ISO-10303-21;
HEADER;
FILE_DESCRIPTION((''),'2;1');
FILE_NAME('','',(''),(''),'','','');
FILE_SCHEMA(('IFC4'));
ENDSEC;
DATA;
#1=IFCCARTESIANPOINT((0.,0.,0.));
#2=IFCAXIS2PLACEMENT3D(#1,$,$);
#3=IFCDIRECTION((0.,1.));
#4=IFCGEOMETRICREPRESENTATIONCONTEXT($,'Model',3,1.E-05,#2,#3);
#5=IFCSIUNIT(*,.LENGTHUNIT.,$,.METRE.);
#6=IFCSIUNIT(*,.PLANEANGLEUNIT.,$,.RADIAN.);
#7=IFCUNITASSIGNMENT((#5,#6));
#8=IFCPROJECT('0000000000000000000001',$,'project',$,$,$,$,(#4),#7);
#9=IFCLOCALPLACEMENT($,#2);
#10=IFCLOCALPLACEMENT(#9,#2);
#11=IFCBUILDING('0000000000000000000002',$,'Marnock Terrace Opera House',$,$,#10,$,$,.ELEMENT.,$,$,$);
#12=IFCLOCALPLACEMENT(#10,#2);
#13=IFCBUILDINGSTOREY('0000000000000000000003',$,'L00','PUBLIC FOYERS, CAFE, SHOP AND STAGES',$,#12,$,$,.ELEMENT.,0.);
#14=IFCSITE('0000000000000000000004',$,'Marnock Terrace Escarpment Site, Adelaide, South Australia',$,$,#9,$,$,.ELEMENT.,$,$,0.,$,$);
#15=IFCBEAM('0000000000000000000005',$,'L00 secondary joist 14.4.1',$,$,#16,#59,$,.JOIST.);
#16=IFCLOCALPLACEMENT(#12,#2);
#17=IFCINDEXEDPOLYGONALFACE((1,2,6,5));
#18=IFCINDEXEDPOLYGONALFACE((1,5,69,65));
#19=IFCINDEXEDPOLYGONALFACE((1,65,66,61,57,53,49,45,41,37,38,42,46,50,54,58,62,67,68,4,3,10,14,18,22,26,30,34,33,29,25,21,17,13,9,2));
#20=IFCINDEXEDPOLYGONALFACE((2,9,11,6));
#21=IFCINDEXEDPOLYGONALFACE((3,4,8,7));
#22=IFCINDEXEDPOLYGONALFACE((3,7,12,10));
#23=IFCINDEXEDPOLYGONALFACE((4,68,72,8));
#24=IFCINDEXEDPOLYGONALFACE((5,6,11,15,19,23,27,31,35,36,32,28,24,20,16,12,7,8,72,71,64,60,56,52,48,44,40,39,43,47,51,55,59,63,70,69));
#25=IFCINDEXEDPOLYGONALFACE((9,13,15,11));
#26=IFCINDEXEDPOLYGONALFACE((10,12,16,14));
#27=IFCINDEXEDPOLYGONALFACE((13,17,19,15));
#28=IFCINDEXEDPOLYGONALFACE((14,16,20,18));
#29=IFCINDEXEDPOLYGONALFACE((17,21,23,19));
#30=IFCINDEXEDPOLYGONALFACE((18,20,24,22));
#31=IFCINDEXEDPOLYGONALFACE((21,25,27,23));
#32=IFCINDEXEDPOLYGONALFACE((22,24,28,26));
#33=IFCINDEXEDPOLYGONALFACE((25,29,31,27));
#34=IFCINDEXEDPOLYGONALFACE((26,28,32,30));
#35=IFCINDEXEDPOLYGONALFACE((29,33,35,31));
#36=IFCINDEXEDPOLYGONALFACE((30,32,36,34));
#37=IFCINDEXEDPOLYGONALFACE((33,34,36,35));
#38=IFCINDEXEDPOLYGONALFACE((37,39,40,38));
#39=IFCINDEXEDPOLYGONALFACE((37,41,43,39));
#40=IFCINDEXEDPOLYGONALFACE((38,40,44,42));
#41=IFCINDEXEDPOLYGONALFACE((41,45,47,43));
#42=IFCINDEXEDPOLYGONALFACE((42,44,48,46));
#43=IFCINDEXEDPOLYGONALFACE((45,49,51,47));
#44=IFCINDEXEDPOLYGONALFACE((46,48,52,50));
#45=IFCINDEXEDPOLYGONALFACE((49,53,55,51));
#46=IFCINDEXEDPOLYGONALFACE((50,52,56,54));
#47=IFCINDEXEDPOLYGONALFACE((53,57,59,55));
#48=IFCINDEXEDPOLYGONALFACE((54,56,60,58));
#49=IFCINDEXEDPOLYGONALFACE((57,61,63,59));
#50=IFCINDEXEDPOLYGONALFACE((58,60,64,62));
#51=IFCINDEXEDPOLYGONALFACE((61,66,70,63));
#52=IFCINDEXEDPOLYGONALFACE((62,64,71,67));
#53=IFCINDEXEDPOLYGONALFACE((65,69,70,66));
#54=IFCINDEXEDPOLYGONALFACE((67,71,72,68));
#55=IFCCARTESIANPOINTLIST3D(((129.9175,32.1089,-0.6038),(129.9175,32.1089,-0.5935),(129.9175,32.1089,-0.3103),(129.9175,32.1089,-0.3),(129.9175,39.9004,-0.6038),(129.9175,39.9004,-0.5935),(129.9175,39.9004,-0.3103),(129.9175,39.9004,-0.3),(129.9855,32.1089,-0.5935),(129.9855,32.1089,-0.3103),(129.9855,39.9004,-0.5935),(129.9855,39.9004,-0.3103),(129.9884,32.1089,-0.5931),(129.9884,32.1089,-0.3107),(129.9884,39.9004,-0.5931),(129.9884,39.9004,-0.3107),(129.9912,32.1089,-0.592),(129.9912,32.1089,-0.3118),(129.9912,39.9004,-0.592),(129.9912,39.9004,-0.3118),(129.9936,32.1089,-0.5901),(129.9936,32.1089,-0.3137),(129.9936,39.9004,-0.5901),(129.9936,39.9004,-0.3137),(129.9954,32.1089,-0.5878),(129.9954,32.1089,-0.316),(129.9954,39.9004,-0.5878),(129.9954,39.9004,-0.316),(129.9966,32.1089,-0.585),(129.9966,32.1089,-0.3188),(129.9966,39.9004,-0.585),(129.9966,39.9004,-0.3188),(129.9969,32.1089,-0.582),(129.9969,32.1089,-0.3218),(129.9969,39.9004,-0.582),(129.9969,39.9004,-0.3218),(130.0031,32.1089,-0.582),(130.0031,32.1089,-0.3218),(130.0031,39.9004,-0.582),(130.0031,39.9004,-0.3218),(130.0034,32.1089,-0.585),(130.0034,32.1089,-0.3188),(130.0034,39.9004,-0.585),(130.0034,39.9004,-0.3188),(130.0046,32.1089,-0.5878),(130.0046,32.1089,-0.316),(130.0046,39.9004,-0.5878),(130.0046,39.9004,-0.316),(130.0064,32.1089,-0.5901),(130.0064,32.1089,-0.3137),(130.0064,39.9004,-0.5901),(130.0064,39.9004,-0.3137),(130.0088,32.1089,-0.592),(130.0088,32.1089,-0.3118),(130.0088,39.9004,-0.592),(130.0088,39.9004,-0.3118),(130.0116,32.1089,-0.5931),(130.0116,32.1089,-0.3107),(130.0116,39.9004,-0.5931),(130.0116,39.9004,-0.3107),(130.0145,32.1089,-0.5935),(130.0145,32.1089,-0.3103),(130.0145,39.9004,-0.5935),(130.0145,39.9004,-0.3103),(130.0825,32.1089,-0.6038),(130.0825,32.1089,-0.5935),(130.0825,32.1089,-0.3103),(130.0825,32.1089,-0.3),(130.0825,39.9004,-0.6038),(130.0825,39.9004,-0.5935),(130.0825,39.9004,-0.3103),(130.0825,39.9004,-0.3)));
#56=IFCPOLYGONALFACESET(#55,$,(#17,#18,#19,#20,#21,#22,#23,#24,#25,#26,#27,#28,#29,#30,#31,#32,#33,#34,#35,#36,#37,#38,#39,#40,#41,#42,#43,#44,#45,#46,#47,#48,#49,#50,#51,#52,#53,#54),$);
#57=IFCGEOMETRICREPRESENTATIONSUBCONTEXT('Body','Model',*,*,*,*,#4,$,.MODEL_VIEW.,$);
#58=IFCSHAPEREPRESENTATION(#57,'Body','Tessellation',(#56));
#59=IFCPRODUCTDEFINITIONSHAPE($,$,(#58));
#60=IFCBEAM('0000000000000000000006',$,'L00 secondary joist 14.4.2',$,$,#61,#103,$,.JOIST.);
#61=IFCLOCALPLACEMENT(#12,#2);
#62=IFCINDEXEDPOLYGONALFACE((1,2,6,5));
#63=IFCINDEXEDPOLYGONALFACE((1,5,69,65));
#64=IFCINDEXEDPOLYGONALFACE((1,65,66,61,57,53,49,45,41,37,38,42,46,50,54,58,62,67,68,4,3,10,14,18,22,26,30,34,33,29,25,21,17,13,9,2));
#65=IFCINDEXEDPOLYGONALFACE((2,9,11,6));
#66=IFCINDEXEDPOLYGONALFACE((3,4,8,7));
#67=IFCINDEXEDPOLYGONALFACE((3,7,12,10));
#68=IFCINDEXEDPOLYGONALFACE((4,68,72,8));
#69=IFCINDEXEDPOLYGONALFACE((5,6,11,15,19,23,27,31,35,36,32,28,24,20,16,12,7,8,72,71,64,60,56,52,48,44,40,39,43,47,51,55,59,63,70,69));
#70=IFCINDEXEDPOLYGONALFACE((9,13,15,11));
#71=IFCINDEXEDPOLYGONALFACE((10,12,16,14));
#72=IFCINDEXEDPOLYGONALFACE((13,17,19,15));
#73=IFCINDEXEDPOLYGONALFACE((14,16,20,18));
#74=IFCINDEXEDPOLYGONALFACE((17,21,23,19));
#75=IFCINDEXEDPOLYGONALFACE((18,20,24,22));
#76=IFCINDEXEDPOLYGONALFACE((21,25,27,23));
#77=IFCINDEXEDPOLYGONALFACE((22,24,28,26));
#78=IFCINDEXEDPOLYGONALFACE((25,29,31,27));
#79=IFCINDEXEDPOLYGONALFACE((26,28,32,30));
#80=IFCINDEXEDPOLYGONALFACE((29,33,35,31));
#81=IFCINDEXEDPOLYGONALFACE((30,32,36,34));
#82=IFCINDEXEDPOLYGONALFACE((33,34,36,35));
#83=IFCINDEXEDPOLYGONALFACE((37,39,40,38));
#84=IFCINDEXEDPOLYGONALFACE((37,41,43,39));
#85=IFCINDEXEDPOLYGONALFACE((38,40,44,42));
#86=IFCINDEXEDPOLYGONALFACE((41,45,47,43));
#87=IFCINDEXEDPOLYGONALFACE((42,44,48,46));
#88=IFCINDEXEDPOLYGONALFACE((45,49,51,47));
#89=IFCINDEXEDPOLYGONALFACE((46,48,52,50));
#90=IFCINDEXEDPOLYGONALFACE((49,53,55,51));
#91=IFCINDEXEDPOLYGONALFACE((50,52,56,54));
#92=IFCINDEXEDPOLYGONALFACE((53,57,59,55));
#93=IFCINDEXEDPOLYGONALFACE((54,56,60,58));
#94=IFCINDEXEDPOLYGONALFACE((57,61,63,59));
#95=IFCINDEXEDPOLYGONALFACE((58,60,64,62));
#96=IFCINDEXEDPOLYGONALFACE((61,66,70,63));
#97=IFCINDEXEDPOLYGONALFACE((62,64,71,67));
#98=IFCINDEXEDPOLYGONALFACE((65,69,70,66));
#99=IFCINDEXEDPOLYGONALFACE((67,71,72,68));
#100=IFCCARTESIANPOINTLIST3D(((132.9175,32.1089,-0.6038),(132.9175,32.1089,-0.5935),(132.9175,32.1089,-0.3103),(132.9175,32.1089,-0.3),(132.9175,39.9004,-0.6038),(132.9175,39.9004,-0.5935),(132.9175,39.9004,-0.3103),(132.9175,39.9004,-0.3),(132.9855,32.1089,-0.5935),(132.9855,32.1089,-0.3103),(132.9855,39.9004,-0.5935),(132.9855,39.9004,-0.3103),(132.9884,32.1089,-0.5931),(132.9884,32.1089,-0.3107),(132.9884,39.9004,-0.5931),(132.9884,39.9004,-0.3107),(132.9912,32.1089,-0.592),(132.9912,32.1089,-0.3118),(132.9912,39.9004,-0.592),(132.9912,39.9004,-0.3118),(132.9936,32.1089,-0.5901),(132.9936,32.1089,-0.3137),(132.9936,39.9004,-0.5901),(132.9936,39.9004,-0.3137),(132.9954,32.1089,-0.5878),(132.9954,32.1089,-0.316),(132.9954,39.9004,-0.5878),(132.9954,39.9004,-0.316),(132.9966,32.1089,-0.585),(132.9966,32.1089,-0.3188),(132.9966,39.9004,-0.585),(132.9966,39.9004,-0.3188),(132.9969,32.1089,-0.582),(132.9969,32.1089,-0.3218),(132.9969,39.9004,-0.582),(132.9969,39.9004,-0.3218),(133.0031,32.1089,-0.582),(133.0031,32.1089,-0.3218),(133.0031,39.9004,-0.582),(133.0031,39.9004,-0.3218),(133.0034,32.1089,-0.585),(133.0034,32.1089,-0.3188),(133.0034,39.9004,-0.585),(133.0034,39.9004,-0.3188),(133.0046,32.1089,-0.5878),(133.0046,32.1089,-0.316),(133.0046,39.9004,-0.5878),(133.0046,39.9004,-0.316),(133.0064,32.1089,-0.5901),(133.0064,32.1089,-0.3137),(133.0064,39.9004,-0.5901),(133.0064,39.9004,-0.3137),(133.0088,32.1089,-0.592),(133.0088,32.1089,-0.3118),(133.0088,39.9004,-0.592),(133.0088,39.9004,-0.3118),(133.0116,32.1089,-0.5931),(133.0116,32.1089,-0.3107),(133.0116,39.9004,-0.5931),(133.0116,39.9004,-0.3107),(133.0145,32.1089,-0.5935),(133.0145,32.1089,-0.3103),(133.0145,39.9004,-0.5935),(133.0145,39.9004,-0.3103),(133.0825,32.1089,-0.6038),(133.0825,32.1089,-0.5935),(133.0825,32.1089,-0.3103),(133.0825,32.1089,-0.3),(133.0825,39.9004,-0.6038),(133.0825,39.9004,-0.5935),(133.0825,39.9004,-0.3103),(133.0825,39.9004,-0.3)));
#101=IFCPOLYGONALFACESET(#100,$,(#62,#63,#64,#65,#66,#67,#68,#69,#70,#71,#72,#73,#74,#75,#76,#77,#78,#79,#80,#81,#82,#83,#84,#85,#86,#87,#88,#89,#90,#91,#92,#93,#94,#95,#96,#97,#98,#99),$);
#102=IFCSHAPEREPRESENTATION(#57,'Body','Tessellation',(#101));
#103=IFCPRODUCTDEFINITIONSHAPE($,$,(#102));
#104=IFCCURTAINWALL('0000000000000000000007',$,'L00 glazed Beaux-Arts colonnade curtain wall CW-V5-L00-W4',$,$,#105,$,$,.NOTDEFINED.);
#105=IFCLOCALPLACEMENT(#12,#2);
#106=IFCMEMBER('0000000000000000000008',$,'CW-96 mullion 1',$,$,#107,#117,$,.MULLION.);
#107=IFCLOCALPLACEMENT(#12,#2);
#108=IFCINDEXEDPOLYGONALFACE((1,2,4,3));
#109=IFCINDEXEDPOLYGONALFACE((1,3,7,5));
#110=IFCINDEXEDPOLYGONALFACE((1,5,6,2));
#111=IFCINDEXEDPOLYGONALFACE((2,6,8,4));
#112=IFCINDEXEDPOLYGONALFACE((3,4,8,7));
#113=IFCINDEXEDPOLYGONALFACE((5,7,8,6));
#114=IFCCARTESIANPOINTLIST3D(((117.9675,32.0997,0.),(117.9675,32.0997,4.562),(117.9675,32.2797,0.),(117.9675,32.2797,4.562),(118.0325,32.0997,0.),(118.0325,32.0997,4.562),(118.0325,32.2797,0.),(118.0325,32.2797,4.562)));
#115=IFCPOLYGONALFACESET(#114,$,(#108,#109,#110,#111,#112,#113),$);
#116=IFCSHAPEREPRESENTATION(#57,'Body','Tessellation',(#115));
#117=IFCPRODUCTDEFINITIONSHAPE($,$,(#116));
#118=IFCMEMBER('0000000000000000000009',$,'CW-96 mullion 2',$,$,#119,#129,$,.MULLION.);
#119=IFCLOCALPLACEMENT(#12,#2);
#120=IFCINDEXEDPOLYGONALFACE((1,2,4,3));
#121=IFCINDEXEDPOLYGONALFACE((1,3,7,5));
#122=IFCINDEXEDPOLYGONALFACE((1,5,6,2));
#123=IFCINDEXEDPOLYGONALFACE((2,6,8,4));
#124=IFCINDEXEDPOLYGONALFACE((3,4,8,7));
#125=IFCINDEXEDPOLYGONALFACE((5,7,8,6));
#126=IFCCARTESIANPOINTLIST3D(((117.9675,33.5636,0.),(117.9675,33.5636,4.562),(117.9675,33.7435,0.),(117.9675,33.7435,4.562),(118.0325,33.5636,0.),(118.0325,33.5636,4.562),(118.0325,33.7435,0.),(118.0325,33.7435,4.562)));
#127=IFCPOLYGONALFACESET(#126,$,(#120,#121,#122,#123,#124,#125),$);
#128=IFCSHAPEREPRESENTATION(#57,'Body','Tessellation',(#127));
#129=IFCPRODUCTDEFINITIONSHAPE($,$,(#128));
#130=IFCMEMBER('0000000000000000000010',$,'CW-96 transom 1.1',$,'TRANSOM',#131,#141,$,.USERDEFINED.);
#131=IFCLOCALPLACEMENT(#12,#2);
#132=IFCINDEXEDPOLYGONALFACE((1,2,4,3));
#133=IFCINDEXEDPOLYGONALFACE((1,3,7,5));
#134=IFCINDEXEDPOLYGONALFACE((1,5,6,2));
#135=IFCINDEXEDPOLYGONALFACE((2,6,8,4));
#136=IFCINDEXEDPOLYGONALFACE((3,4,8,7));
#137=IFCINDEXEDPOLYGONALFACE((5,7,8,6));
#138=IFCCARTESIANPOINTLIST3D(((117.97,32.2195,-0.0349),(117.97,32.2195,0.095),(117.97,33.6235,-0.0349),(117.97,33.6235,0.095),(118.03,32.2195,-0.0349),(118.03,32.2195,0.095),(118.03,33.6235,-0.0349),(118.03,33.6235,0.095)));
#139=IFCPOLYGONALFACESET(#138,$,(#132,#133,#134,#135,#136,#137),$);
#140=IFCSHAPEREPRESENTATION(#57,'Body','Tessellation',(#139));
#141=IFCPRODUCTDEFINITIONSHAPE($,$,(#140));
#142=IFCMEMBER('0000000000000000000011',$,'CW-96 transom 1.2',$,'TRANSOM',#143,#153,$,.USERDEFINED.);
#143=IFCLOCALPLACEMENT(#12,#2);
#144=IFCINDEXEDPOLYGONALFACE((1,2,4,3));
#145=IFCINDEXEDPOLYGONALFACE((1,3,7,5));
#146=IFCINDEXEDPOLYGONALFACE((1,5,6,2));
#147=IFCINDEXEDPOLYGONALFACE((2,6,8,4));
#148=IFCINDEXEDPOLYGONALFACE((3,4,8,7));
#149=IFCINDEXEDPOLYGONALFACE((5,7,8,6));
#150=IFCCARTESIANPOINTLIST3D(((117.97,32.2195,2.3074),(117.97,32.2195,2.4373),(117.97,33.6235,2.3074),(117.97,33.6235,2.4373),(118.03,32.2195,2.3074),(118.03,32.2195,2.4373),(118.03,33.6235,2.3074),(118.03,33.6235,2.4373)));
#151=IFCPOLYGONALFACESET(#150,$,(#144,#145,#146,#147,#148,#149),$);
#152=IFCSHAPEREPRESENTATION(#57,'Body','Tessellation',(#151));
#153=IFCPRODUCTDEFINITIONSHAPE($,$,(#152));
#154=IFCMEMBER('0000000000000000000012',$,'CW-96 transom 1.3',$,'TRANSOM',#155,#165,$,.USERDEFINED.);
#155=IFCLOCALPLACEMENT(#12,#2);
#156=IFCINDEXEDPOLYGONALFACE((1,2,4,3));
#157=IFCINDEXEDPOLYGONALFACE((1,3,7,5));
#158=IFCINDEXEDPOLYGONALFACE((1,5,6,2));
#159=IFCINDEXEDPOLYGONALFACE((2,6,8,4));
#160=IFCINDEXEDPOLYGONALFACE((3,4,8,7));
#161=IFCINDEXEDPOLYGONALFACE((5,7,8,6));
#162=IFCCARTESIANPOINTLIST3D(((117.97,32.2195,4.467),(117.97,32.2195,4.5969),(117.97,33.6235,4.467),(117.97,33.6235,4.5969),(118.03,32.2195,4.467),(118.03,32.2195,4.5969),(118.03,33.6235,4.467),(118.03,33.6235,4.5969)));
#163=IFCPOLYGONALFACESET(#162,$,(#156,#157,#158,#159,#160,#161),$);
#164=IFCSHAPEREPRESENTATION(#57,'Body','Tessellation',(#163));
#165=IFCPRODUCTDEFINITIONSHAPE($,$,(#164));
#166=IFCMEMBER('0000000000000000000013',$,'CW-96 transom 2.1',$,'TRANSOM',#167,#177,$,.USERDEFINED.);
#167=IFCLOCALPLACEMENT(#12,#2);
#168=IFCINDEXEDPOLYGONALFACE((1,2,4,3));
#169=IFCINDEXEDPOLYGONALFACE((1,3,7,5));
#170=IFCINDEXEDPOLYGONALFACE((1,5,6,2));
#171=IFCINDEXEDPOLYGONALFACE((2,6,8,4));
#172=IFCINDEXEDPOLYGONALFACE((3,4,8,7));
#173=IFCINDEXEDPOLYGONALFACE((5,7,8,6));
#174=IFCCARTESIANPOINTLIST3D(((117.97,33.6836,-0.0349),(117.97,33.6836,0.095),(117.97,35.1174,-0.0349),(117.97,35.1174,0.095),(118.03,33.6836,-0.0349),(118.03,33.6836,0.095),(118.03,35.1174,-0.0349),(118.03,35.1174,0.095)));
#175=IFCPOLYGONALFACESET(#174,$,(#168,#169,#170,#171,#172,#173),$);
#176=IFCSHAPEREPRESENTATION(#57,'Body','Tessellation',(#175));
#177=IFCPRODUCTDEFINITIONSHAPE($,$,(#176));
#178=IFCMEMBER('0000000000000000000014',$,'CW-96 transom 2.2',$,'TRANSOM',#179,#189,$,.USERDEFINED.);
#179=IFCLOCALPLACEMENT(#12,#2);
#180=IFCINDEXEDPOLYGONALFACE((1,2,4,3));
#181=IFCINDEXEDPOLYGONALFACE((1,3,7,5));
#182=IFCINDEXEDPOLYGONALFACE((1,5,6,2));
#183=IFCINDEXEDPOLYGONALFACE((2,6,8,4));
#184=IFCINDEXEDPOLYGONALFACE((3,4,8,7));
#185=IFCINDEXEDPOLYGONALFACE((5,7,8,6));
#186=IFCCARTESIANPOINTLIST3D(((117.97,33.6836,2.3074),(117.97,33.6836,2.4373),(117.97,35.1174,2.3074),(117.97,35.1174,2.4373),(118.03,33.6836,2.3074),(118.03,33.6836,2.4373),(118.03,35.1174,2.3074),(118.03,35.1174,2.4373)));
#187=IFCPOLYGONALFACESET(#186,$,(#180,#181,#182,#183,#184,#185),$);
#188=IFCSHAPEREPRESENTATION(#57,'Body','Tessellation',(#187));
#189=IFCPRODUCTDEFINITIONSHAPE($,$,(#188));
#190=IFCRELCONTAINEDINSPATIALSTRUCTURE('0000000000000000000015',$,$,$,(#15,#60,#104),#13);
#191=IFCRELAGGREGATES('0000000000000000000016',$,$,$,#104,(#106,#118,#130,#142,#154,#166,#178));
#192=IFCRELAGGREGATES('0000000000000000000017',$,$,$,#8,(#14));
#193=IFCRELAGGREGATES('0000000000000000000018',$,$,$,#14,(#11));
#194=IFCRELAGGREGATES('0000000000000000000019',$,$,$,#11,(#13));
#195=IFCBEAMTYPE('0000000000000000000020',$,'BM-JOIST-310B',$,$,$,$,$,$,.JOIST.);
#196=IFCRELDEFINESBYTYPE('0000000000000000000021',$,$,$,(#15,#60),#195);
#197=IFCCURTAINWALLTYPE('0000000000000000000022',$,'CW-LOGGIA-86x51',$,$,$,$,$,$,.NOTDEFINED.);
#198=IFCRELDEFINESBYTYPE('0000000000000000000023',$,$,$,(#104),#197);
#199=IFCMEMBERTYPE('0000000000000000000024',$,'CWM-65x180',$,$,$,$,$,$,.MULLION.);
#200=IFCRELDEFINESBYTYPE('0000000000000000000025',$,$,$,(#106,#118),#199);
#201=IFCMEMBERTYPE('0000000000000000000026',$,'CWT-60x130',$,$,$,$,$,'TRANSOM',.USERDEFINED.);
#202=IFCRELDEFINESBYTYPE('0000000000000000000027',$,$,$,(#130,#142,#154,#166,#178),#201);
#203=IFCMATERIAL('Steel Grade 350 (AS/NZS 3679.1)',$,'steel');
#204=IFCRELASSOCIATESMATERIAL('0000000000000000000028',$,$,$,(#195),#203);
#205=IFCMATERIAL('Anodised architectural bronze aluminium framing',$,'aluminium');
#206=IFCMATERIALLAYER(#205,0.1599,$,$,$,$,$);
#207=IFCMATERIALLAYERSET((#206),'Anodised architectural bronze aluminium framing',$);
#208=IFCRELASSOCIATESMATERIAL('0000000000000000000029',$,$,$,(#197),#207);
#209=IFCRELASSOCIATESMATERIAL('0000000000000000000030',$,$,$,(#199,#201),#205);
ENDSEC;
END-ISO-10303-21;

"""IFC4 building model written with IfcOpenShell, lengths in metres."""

from ifc_helpers import new_model, si_unit, direction, frame, origin, origin_2d, place, context, subcontext, project, spatial, rectangle, i_section, extrude, material, layer, layer_set, material_profile, profile_set, type_object, element, aggregate, save


model = new_model("IFC4")

# Units and contexts
model_context = context("Model", 3, precision=1e-05, world=origin(), true_north=direction((0.0, 1.0)))
body_context = subcontext(model_context, "Body", "Model", "MODEL_VIEW")
ifc_project = project(units=[si_unit("LENGTHUNIT", "METRE"), si_unit("PLANEANGLEUNIT", "RADIAN")], contexts=[model_context])

# Site, building, storey
site_placement = place(None, origin())
site = spatial("IfcSite", under=ifc_project, at=site_placement, Name="Marnock Terrace Escarpment Site, Adelaide, South Australia", CompositionType="ELEMENT", RefElevation=0.0)
building_placement = place(site_placement, origin())
building = spatial("IfcBuilding", under=site, at=building_placement, Name="Marnock Terrace Opera House", CompositionType="ELEMENT")
storey_placement = place(building_placement, origin())
storey = spatial("IfcBuildingStorey", under=building, at=storey_placement, Name="L00", Description="PUBLIC FOYERS, CAFE, SHOP AND STAGES", CompositionType="ELEMENT", Elevation=0.0)

# Shared definitions
ifc_material_1 = material(Name="Steel Grade 350 (AS/NZS 3679.1)", Category="steel")

# Beams
ifc_material_profile_1 = material_profile(ifc_material_1, i_section(OverallWidth=0.165, OverallDepth=0.3037, WebThickness=0.0061, FlangeThickness=0.0103, FilletRadius=0.0115, at=origin_2d()))
ifc_profile_set_1 = profile_set([ifc_material_profile_1], Name="Steel Grade 350 (AS/NZS 3679.1)")
beam_type_1 = type_object("IfcBeamType", Name="BM-JOIST-310B", PredefinedType="JOIST", material=ifc_profile_set_1)
for number, where, z_axis, x_axis, name in (
    (1, (130.0, 32.1089, -0.4519), (0.0, 1.0, 0.0), (-1.0, 0.0, 0.0), "L00 secondary joist 14.4.1"),
    (2, (133.0, 32.1089, -0.4519), (0.0, 1.0, 0.0), (-1.0, 0.0, 0.0), "L00 secondary joist 14.4.2"),
):
    element("IfcBeam", number, at=place(storey_placement, frame(where, z_axis=z_axis, x_axis=x_axis)), inside=storey, type_object=beam_type_1, Name=name, PredefinedType="JOIST", context=body_context, shape_type="SweptSolid", body=[
        extrude(i_section(OverallWidth=0.165, OverallDepth=0.3037, WebThickness=0.0061, FlangeThickness=0.0103, FilletRadius=0.0115, at=origin_2d()), origin(), (0.0, 0.0, 1.0), 7.7915),
    ])

# Curtain wall, members
ifc_material_2 = material(Name="Anodised architectural bronze aluminium framing", Category="aluminium")
ifc_layer_1 = layer(ifc_material_2, 0.1599)
ifc_layer_set_1 = layer_set([ifc_layer_1], Name="Anodised architectural bronze aluminium framing")
curtain_wall_type = type_object("IfcCurtainWallType", Name="CW-LOGGIA-86x51", PredefinedType="NOTDEFINED", material=ifc_layer_set_1)
curtain_wall_placement = place(storey_placement, origin())
curtain_wall = element("IfcCurtainWall", 3, at=curtain_wall_placement, inside=storey, type_object=curtain_wall_type, Name="L00 glazed Beaux-Arts colonnade curtain wall CW-V5-L00-W4", PredefinedType="NOTDEFINED")
ifc_material_profile_2 = material_profile(ifc_material_2, rectangle(XDim=0.0649, YDim=0.1799, at=origin_2d()))
ifc_profile_set_2 = profile_set([ifc_material_profile_2], Name="Anodised architectural bronze aluminium framing")
member_type_1 = type_object("IfcMemberType", Name="CWM-65x180", PredefinedType="MULLION", material=ifc_profile_set_2)
member_1_placement = place(storey_placement, frame((118.0, 32.1897, 0.0), z_axis=(0.0, 0.0, 1.0), x_axis=(-1.0, 0.0, 0.0)))
member_1 = element("IfcMember", 4, at=member_1_placement, type_object=member_type_1, Name="CW-96 mullion 1", PredefinedType="MULLION", context=body_context, shape_type="SweptSolid", body=[
    extrude(rectangle(XDim=0.0649, YDim=0.1799, at=origin_2d()), origin(), (0.0, 0.0, 1.0), 4.562),
])
member_2_placement = place(storey_placement, frame((118.0, 33.6536, 0.0), z_axis=(0.0, 0.0, 1.0), x_axis=(-1.0, 0.0, 0.0)))
member_2 = element("IfcMember", 5, at=member_2_placement, type_object=member_type_1, Name="CW-96 mullion 2", PredefinedType="MULLION", context=body_context, shape_type="SweptSolid", body=[
    extrude(rectangle(XDim=0.0649, YDim=0.1799, at=origin_2d()), origin(), (0.0, 0.0, 1.0), 4.562),
])
ifc_material_profile_3 = material_profile(ifc_material_2, rectangle(XDim=0.0601, YDim=0.1299, at=origin_2d()))
ifc_profile_set_3 = profile_set([ifc_material_profile_3], Name="Anodised architectural bronze aluminium framing")
member_type_2 = type_object("IfcMemberType", Name="CWT-60x130", ElementType="TRANSOM", PredefinedType="USERDEFINED", material=ifc_profile_set_3)
member_3_placement = place(storey_placement, frame((118.0, 32.2195, 0.03), z_axis=(0.0, 1.0, 0.0), x_axis=(-1.0, 0.0, 0.0)))
member_3 = element("IfcMember", 6, at=member_3_placement, type_object=member_type_2, Name="CW-96 transom 1.1", ObjectType="TRANSOM", PredefinedType="USERDEFINED", context=body_context, shape_type="SweptSolid", body=[
    extrude(rectangle(XDim=0.0601, YDim=0.1299, at=origin_2d()), origin(), (0.0, 0.0, 1.0), 1.4041),
])
member_4_placement = place(storey_placement, frame((118.0, 32.2195, 2.3723), z_axis=(0.0, 1.0, 0.0), x_axis=(-1.0, 0.0, 0.0)))
member_4 = element("IfcMember", 7, at=member_4_placement, type_object=member_type_2, Name="CW-96 transom 1.2", ObjectType="TRANSOM", PredefinedType="USERDEFINED", context=body_context, shape_type="SweptSolid", body=[
    extrude(rectangle(XDim=0.0601, YDim=0.1299, at=origin_2d()), origin(), (0.0, 0.0, 1.0), 1.4041),
])
member_5_placement = place(storey_placement, frame((118.0, 32.2195, 4.532), z_axis=(0.0, 1.0, 0.0), x_axis=(-1.0, 0.0, 0.0)))
member_5 = element("IfcMember", 8, at=member_5_placement, type_object=member_type_2, Name="CW-96 transom 1.3", ObjectType="TRANSOM", PredefinedType="USERDEFINED", context=body_context, shape_type="SweptSolid", body=[
    extrude(rectangle(XDim=0.0601, YDim=0.1299, at=origin_2d()), origin(), (0.0, 0.0, 1.0), 1.4041),
])
member_6_placement = place(storey_placement, frame((118.0, 33.6836, 0.03), z_axis=(0.0, 1.0, 0.0), x_axis=(-1.0, 0.0, 0.0)))
member_6 = element("IfcMember", 9, at=member_6_placement, type_object=member_type_2, Name="CW-96 transom 2.1", ObjectType="TRANSOM", PredefinedType="USERDEFINED", context=body_context, shape_type="SweptSolid", body=[
    extrude(rectangle(XDim=0.0601, YDim=0.1299, at=origin_2d()), origin(), (0.0, 0.0, 1.0), 1.4338),
])
member_7_placement = place(storey_placement, frame((118.0, 33.6836, 2.3723), z_axis=(0.0, 1.0, 0.0), x_axis=(-1.0, 0.0, 0.0)))
member_7 = element("IfcMember", 10, at=member_7_placement, type_object=member_type_2, Name="CW-96 transom 2.2", ObjectType="TRANSOM", PredefinedType="USERDEFINED", context=body_context, shape_type="SweptSolid", body=[
    extrude(rectangle(XDim=0.0601, YDim=0.1299, at=origin_2d()), origin(), (0.0, 0.0, 1.0), 1.4338),
])
aggregate(curtain_wall, [member_1, member_2, member_3, member_4, member_5, member_6, member_7])

save(model, "model.ifc")
